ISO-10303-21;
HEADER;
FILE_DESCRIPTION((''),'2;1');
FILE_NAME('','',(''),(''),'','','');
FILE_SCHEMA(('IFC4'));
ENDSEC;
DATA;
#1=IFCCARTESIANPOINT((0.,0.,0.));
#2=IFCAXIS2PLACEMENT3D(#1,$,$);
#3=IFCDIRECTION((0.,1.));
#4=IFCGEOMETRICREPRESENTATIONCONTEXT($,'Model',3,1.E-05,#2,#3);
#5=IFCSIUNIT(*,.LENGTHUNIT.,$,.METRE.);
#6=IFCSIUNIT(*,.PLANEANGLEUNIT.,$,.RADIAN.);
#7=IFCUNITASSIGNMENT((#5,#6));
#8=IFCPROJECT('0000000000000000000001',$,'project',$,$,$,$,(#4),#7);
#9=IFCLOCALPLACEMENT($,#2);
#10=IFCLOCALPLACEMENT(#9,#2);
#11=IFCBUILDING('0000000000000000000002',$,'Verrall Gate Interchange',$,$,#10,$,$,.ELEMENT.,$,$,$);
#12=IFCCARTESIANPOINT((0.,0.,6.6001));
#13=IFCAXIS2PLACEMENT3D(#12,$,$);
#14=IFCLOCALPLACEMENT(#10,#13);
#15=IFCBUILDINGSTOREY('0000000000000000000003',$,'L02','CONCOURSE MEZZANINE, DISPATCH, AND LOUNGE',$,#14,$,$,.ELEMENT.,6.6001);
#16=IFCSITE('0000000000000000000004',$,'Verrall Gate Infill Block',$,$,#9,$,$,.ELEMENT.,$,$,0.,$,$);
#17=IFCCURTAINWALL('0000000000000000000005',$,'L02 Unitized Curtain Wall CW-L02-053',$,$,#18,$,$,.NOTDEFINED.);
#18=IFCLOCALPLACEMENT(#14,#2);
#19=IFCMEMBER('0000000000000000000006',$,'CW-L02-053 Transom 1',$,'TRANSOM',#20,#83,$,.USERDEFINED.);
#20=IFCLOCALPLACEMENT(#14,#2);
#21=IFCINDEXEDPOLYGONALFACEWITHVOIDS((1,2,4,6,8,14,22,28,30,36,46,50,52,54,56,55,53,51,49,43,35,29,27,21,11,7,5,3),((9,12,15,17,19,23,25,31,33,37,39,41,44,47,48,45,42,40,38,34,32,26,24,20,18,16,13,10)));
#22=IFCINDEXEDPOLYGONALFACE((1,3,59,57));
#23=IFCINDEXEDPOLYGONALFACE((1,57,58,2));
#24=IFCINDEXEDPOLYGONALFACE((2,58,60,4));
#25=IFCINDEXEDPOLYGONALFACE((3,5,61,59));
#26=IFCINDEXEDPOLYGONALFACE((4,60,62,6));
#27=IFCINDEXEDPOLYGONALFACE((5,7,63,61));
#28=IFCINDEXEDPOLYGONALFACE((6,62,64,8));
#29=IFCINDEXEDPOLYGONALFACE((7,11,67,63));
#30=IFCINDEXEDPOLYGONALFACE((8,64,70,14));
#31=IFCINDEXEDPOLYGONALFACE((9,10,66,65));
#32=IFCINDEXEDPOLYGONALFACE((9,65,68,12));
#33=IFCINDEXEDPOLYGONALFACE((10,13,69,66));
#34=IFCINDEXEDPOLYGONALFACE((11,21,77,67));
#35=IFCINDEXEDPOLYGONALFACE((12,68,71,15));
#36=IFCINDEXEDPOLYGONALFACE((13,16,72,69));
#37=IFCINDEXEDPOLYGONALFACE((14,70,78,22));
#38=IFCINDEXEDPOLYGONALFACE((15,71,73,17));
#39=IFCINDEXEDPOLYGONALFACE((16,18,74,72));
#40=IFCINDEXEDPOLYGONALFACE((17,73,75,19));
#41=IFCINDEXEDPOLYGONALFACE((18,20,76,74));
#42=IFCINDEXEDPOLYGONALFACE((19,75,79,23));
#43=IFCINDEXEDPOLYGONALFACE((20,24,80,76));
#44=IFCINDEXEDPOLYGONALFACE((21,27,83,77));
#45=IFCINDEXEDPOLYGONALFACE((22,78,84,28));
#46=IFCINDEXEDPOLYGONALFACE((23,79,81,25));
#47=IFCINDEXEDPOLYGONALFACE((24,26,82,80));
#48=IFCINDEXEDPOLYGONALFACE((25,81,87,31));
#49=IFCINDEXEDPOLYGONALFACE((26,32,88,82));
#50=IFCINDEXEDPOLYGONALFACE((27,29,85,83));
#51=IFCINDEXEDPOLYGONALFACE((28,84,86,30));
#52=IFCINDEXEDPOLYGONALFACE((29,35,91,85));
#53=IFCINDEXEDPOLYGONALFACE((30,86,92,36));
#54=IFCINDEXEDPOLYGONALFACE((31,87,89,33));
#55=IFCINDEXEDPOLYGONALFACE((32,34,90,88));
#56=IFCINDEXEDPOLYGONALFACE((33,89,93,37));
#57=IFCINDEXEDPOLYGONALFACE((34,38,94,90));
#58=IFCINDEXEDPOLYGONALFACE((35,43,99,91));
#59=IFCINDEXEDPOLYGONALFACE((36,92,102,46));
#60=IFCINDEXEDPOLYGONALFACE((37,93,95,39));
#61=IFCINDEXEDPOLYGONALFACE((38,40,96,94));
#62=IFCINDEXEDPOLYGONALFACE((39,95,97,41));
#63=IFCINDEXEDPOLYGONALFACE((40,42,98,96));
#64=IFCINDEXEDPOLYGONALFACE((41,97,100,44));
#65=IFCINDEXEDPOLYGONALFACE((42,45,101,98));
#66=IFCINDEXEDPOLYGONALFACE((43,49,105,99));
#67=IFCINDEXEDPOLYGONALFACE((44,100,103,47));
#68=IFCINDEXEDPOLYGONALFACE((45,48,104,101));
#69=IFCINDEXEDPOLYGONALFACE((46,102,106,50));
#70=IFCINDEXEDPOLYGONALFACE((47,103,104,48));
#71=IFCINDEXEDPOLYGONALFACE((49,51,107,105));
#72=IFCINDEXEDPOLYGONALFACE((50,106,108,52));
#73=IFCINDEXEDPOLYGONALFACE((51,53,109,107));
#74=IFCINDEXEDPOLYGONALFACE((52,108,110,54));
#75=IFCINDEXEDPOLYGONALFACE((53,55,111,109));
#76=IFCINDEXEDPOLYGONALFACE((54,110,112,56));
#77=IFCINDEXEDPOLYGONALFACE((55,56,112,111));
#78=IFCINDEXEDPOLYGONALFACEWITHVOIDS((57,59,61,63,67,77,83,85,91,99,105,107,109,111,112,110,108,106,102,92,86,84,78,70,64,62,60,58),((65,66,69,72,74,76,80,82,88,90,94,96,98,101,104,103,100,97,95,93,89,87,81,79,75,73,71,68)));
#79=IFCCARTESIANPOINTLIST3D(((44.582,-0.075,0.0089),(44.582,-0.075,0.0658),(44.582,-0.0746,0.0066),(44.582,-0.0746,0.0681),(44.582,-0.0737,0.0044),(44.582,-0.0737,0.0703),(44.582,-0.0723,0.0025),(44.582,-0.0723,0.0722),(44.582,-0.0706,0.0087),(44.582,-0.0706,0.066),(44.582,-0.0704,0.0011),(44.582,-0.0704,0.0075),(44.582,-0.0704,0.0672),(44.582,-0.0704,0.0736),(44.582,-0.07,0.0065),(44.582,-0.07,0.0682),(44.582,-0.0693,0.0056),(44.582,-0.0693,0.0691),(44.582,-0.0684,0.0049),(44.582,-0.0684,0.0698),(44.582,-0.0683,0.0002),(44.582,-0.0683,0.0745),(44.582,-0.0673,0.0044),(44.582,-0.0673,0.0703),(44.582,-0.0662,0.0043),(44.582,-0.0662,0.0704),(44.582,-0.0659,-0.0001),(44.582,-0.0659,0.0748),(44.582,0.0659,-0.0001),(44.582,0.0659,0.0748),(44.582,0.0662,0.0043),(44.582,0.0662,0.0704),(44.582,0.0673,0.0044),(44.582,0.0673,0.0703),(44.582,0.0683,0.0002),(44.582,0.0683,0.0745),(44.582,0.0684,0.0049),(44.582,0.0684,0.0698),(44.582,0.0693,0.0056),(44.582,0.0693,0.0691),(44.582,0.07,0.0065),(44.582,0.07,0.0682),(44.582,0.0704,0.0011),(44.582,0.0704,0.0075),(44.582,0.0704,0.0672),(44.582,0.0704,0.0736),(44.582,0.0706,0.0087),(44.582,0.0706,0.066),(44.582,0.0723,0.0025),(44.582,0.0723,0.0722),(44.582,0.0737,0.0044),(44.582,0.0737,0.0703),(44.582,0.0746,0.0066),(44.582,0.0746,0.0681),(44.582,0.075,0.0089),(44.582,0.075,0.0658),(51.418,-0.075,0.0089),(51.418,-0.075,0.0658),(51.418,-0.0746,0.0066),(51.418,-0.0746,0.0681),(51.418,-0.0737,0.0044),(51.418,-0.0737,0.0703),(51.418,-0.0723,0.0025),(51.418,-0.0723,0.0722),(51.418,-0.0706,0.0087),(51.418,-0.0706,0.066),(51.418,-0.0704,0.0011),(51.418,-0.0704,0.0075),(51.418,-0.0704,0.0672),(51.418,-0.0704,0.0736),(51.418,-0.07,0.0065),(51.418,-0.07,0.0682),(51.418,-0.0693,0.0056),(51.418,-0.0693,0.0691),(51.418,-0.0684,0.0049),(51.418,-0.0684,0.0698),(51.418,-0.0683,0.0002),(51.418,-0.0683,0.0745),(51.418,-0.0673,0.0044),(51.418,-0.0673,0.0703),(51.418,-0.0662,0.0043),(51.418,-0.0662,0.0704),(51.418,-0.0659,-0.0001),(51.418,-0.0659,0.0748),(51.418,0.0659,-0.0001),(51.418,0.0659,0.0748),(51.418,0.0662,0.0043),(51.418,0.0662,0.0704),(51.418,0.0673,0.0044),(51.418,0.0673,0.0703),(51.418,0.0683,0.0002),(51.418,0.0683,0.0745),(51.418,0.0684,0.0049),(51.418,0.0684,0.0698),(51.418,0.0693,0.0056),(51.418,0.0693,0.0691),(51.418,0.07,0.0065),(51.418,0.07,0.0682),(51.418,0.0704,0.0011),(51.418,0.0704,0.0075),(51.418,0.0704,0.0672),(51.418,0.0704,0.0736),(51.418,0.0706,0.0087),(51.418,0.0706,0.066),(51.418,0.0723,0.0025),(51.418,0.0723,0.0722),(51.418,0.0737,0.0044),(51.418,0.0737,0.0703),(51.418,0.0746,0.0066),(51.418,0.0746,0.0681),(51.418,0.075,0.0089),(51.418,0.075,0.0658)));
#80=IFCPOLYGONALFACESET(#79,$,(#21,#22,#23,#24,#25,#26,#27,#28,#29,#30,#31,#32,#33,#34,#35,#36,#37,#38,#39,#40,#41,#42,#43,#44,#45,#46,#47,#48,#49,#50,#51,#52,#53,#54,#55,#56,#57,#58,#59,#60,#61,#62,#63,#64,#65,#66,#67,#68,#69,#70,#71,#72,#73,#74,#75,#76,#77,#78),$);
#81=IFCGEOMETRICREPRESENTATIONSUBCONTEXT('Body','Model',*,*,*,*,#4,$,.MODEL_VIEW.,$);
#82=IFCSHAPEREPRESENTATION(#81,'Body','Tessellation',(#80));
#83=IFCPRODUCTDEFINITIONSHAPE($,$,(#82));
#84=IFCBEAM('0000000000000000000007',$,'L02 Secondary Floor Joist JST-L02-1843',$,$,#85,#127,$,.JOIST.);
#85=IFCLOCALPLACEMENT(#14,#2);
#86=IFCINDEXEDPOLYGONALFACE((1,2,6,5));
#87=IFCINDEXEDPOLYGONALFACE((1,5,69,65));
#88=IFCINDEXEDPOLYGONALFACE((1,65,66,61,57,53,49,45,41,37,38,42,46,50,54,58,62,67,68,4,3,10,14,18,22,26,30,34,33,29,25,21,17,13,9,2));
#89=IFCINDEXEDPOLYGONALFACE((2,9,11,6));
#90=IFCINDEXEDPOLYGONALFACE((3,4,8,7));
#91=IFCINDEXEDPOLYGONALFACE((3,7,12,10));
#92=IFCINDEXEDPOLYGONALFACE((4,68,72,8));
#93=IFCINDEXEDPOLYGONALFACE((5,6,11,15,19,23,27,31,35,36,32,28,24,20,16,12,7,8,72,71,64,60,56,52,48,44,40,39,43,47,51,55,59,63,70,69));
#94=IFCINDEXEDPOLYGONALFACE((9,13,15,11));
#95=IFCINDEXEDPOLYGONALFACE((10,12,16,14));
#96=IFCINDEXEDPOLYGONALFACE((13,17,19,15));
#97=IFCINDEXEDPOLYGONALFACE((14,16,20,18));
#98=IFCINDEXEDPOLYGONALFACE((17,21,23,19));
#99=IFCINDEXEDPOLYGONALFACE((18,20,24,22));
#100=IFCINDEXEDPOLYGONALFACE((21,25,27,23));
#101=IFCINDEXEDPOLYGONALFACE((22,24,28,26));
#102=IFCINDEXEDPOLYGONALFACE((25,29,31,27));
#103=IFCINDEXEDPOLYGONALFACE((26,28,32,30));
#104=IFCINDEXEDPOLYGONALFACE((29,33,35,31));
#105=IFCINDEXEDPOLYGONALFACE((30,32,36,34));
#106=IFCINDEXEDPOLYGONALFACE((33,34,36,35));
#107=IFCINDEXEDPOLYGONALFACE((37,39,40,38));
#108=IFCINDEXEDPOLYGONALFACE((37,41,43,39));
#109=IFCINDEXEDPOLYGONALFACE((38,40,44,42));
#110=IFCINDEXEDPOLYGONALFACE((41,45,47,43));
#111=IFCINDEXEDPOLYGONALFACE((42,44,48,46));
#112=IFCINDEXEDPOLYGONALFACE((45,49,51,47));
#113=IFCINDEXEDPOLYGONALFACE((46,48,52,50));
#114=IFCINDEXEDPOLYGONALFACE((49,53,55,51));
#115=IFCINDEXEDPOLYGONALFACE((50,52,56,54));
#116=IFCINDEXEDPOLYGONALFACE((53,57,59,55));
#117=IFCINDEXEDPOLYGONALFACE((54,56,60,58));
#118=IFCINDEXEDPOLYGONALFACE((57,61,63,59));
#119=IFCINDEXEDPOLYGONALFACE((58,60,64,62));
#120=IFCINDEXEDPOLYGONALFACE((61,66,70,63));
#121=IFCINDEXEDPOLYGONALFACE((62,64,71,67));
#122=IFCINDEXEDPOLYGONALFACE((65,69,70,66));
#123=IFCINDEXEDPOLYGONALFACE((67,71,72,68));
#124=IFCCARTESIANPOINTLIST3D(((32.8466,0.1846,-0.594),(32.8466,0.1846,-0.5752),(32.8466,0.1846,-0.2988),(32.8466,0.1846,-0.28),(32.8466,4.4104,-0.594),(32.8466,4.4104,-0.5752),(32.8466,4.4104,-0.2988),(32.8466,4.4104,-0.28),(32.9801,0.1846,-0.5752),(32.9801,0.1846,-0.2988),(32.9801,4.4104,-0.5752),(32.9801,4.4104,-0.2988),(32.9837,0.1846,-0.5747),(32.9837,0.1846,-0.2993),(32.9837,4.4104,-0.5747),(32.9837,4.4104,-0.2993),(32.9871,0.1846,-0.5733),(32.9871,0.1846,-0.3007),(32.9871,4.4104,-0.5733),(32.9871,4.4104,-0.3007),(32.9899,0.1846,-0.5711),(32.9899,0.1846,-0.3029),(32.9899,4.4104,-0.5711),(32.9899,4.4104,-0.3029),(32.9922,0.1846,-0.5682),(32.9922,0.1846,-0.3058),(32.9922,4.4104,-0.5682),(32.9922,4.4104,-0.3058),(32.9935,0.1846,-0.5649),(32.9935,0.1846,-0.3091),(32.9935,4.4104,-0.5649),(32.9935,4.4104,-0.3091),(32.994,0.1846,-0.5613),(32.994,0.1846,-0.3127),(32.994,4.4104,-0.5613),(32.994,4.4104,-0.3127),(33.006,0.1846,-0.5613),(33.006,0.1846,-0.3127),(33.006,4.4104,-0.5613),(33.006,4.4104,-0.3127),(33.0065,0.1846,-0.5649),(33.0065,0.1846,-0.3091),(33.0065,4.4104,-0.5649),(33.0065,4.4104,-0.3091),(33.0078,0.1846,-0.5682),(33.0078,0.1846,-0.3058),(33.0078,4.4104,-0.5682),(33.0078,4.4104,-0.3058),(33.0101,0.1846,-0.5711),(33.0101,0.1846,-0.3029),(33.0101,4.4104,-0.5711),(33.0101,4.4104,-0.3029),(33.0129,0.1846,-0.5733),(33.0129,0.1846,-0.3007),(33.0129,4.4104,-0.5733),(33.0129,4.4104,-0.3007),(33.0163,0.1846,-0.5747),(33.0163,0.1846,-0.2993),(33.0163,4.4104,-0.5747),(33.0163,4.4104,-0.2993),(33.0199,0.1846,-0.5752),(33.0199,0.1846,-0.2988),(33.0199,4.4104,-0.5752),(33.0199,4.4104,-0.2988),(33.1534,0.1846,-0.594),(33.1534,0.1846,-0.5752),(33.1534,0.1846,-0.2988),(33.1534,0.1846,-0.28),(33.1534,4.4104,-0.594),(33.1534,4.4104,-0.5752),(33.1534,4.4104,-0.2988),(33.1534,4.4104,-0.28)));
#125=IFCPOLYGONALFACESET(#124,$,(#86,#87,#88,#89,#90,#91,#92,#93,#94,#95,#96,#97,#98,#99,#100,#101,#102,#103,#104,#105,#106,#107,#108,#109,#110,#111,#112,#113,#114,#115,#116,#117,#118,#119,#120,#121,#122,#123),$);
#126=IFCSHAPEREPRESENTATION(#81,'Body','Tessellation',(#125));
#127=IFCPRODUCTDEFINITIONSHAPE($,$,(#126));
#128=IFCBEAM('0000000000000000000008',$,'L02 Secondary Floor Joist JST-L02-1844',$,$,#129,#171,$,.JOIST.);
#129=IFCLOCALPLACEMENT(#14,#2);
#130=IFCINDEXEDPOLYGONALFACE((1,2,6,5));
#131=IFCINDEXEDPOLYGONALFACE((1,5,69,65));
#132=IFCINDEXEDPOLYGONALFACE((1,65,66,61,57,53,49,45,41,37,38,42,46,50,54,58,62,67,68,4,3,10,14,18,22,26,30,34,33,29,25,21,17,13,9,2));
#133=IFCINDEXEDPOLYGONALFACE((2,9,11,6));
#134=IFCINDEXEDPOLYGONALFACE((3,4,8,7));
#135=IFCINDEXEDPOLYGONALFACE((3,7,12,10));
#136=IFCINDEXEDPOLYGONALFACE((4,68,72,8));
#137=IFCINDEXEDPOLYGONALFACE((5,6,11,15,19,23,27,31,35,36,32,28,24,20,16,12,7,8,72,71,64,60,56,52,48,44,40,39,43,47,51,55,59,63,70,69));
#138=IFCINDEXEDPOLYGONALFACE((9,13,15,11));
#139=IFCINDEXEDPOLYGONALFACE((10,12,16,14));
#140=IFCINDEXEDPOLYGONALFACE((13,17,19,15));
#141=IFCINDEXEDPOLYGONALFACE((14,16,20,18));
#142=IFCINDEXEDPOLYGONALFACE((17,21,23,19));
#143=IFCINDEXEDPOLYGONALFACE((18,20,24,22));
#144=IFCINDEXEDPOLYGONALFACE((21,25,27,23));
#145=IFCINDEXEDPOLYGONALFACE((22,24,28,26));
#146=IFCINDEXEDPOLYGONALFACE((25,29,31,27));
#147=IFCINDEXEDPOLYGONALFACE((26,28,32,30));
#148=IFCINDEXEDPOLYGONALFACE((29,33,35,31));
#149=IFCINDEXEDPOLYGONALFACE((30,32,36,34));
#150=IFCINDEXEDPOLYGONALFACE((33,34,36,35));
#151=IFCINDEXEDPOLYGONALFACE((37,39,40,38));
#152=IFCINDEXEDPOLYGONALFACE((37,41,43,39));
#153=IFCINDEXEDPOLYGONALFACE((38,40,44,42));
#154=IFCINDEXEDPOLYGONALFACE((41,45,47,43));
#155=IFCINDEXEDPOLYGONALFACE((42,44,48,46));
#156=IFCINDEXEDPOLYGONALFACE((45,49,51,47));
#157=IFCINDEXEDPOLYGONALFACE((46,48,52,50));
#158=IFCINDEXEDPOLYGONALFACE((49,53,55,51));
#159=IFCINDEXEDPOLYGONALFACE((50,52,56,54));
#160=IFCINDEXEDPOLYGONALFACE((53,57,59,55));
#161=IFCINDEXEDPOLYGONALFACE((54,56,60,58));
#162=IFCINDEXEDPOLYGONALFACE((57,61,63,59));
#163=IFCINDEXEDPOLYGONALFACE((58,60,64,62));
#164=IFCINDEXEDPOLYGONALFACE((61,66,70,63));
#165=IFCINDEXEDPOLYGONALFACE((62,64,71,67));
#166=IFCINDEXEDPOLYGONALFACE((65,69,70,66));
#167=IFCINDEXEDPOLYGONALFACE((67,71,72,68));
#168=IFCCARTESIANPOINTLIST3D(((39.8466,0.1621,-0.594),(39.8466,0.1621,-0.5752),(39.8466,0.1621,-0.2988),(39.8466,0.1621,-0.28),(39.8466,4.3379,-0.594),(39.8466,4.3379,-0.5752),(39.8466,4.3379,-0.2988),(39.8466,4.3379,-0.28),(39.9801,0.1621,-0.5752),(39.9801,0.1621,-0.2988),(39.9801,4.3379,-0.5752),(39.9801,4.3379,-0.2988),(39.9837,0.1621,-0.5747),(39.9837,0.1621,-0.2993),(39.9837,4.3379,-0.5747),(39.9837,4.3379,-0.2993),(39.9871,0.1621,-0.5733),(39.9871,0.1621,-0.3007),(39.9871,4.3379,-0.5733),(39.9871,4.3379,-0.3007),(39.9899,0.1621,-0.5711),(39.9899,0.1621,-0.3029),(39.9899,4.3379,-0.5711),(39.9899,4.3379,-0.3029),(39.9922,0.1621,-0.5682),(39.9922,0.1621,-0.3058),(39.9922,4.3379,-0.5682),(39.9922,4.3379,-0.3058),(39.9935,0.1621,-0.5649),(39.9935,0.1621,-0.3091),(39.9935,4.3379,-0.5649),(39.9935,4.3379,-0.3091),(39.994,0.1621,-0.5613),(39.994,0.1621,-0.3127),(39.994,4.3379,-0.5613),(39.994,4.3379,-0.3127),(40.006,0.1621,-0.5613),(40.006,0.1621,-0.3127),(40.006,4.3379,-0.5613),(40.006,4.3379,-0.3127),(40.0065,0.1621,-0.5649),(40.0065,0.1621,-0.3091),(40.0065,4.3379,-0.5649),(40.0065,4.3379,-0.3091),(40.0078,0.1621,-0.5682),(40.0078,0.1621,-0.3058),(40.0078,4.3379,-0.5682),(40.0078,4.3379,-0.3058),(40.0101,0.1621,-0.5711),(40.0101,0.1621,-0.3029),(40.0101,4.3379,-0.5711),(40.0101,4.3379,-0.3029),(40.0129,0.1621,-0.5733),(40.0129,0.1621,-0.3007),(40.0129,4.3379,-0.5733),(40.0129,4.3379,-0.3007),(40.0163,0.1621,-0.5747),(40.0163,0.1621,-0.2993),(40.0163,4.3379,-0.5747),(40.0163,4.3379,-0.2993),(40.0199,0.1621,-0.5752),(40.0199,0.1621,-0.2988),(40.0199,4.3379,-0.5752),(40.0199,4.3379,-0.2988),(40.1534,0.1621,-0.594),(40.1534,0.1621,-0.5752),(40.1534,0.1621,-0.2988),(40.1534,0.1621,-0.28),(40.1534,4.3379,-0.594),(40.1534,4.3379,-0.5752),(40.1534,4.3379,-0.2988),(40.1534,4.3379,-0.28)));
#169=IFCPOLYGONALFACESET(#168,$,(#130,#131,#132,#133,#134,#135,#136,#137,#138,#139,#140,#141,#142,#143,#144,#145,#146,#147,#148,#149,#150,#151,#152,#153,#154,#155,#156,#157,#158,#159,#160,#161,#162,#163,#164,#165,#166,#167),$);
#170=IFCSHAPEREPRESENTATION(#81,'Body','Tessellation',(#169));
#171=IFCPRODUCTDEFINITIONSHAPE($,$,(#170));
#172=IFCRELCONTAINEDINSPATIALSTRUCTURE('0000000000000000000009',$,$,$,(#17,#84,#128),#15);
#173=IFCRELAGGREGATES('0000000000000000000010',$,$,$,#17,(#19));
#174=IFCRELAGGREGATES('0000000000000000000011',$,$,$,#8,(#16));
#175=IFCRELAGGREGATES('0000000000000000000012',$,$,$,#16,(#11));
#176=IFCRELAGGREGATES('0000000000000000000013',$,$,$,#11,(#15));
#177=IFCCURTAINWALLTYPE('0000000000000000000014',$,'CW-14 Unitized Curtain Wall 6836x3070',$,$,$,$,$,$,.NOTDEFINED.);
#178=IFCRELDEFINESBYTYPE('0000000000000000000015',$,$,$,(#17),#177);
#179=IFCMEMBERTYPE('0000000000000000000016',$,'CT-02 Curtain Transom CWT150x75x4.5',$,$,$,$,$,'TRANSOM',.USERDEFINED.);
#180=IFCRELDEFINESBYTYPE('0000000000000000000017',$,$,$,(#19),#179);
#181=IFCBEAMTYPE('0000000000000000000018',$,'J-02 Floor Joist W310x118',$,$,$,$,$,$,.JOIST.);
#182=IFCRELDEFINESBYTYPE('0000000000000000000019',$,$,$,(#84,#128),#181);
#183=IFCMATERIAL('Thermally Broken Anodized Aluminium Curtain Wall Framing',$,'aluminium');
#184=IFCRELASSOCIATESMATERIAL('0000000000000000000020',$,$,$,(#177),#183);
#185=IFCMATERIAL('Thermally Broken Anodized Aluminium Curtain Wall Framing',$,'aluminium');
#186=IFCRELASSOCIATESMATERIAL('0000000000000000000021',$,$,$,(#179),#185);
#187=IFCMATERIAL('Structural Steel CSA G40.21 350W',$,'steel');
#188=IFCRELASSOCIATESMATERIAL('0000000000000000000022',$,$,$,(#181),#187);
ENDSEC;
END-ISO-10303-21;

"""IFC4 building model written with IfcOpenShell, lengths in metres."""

from ifc_helpers import new_model, si_unit, direction, frame, origin, origin_2d, place, context, subcontext, project, spatial, hollow_rectangle, i_section, extrude, material, material_profile, profile_set, type_object, element, aggregate, save


model = new_model("IFC4")

# Units and contexts
model_context = context("Model", 3, precision=1e-05, world=origin(), true_north=direction((0.0, 1.0)))
body_context = subcontext(model_context, "Body", "Model", "MODEL_VIEW")
ifc_project = project(units=[si_unit("LENGTHUNIT", "METRE"), si_unit("PLANEANGLEUNIT", "RADIAN")], contexts=[model_context])

# Site, building, storey
site_placement = place(None, origin())
site = spatial("IfcSite", under=ifc_project, at=site_placement, Name="Verrall Gate Infill Block", CompositionType="ELEMENT", RefElevation=0.0)
building_placement = place(site_placement, origin())
building = spatial("IfcBuilding", under=site, at=building_placement, Name="Verrall Gate Interchange", CompositionType="ELEMENT")
storey_placement = place(building_placement, frame((0.0, 0.0, 6.6001)))
storey = spatial("IfcBuildingStorey", under=building, at=storey_placement, Name="L02", Description="CONCOURSE MEZZANINE, DISPATCH, AND LOUNGE", CompositionType="ELEMENT", Elevation=6.6001)

# Shared definitions
ifc_material_1 = material(Name="Thermally Broken Anodized Aluminium Curtain Wall Framing", Category="aluminium")
curtain_wall_type = type_object("IfcCurtainWallType", Name="CW-14 Unitized Curtain Wall 6836x3070", PredefinedType="NOTDEFINED", material=ifc_material_1)

# Curtain wall, member
curtain_wall_1_placement = place(storey_placement, origin())
curtain_wall_1 = element("IfcCurtainWall", 1, at=curtain_wall_1_placement, inside=storey, type_object=curtain_wall_type, Name="L02 Unitized Curtain Wall CW-L02-053", PredefinedType="NOTDEFINED")
ifc_material_2 = material(Name="Thermally Broken Anodized Aluminium Curtain Wall Framing", Category="aluminium")
ifc_material_profile_1 = material_profile(ifc_material_2, hollow_rectangle(XDim=0.1499, YDim=0.075, WallThickness=0.0044, InnerFilletRadius=0.0044, OuterFilletRadius=0.009, at=origin_2d()), Name="CWT150x75x4.5")
ifc_profile_set_1 = profile_set([ifc_material_profile_1], Name="Thermally Broken Anodized Aluminium Curtain Wall Framing")
member_type_1 = type_object("IfcMemberType", Name="CT-02 Curtain Transom CWT150x75x4.5", ElementType="TRANSOM", PredefinedType="USERDEFINED", material=ifc_profile_set_1)
member_1_placement = place(storey_placement, frame((44.582, 0.0, 0.0374), z_axis=(1.0, 0.0, 0.0), x_axis=(0.0, 1.0, 0.0)))
member_1 = element("IfcMember", 2, at=member_1_placement, type_object=member_type_1, Name="CW-L02-053 Transom 1", ObjectType="TRANSOM", PredefinedType="USERDEFINED", context=body_context, shape_type="SweptSolid", body=[
    extrude(hollow_rectangle(XDim=0.1499, YDim=0.075, WallThickness=0.0044, InnerFilletRadius=0.0044, OuterFilletRadius=0.009, at=origin_2d()), origin(), (0.0, 0.0, 1.0), 6.8359),
])
aggregate(curtain_wall_1, [member_1])

# Beams
ifc_material_3 = material(Name="Structural Steel CSA G40.21 350W", Category="steel")
ifc_material_profile_2 = material_profile(ifc_material_3, i_section(OverallWidth=0.3069, OverallDepth=0.314, WebThickness=0.012, FlangeThickness=0.0188, FilletRadius=0.0139, at=origin_2d()), Name="W310x118")
ifc_profile_set_2 = profile_set([ifc_material_profile_2], Name="Structural Steel CSA G40.21 350W")
beam_type_1 = type_object("IfcBeamType", Name="J-02 Floor Joist W310x118", PredefinedType="JOIST", material=ifc_profile_set_2)
beam_1_placement = place(storey_placement, frame((33.0, 0.1846, -0.437), z_axis=(0.0, 1.0, 0.0), x_axis=(-1.0, 0.0, 0.0)))
element("IfcBeam", 3, at=beam_1_placement, inside=storey, type_object=beam_type_1, Name="L02 Secondary Floor Joist JST-L02-1843", PredefinedType="JOIST", context=body_context, shape_type="SweptSolid", body=[
    extrude(i_section(OverallWidth=0.3069, OverallDepth=0.314, WebThickness=0.012, FlangeThickness=0.0188, FilletRadius=0.0139, at=origin_2d()), origin(), (0.0, 0.0, 1.0), 4.2258),
])
beam_2_placement = place(storey_placement, frame((40.0, 0.1621, -0.437), z_axis=(0.0, 1.0, 0.0), x_axis=(-1.0, 0.0, 0.0)))
element("IfcBeam", 4, at=beam_2_placement, inside=storey, type_object=beam_type_1, Name="L02 Secondary Floor Joist JST-L02-1844", PredefinedType="JOIST", context=body_context, shape_type="SweptSolid", body=[
    extrude(i_section(OverallWidth=0.3069, OverallDepth=0.314, WebThickness=0.012, FlangeThickness=0.0188, FilletRadius=0.0139, at=origin_2d()), origin(), (0.0, 0.0, 1.0), 4.1758),
])

save(model, "model.ifc")
